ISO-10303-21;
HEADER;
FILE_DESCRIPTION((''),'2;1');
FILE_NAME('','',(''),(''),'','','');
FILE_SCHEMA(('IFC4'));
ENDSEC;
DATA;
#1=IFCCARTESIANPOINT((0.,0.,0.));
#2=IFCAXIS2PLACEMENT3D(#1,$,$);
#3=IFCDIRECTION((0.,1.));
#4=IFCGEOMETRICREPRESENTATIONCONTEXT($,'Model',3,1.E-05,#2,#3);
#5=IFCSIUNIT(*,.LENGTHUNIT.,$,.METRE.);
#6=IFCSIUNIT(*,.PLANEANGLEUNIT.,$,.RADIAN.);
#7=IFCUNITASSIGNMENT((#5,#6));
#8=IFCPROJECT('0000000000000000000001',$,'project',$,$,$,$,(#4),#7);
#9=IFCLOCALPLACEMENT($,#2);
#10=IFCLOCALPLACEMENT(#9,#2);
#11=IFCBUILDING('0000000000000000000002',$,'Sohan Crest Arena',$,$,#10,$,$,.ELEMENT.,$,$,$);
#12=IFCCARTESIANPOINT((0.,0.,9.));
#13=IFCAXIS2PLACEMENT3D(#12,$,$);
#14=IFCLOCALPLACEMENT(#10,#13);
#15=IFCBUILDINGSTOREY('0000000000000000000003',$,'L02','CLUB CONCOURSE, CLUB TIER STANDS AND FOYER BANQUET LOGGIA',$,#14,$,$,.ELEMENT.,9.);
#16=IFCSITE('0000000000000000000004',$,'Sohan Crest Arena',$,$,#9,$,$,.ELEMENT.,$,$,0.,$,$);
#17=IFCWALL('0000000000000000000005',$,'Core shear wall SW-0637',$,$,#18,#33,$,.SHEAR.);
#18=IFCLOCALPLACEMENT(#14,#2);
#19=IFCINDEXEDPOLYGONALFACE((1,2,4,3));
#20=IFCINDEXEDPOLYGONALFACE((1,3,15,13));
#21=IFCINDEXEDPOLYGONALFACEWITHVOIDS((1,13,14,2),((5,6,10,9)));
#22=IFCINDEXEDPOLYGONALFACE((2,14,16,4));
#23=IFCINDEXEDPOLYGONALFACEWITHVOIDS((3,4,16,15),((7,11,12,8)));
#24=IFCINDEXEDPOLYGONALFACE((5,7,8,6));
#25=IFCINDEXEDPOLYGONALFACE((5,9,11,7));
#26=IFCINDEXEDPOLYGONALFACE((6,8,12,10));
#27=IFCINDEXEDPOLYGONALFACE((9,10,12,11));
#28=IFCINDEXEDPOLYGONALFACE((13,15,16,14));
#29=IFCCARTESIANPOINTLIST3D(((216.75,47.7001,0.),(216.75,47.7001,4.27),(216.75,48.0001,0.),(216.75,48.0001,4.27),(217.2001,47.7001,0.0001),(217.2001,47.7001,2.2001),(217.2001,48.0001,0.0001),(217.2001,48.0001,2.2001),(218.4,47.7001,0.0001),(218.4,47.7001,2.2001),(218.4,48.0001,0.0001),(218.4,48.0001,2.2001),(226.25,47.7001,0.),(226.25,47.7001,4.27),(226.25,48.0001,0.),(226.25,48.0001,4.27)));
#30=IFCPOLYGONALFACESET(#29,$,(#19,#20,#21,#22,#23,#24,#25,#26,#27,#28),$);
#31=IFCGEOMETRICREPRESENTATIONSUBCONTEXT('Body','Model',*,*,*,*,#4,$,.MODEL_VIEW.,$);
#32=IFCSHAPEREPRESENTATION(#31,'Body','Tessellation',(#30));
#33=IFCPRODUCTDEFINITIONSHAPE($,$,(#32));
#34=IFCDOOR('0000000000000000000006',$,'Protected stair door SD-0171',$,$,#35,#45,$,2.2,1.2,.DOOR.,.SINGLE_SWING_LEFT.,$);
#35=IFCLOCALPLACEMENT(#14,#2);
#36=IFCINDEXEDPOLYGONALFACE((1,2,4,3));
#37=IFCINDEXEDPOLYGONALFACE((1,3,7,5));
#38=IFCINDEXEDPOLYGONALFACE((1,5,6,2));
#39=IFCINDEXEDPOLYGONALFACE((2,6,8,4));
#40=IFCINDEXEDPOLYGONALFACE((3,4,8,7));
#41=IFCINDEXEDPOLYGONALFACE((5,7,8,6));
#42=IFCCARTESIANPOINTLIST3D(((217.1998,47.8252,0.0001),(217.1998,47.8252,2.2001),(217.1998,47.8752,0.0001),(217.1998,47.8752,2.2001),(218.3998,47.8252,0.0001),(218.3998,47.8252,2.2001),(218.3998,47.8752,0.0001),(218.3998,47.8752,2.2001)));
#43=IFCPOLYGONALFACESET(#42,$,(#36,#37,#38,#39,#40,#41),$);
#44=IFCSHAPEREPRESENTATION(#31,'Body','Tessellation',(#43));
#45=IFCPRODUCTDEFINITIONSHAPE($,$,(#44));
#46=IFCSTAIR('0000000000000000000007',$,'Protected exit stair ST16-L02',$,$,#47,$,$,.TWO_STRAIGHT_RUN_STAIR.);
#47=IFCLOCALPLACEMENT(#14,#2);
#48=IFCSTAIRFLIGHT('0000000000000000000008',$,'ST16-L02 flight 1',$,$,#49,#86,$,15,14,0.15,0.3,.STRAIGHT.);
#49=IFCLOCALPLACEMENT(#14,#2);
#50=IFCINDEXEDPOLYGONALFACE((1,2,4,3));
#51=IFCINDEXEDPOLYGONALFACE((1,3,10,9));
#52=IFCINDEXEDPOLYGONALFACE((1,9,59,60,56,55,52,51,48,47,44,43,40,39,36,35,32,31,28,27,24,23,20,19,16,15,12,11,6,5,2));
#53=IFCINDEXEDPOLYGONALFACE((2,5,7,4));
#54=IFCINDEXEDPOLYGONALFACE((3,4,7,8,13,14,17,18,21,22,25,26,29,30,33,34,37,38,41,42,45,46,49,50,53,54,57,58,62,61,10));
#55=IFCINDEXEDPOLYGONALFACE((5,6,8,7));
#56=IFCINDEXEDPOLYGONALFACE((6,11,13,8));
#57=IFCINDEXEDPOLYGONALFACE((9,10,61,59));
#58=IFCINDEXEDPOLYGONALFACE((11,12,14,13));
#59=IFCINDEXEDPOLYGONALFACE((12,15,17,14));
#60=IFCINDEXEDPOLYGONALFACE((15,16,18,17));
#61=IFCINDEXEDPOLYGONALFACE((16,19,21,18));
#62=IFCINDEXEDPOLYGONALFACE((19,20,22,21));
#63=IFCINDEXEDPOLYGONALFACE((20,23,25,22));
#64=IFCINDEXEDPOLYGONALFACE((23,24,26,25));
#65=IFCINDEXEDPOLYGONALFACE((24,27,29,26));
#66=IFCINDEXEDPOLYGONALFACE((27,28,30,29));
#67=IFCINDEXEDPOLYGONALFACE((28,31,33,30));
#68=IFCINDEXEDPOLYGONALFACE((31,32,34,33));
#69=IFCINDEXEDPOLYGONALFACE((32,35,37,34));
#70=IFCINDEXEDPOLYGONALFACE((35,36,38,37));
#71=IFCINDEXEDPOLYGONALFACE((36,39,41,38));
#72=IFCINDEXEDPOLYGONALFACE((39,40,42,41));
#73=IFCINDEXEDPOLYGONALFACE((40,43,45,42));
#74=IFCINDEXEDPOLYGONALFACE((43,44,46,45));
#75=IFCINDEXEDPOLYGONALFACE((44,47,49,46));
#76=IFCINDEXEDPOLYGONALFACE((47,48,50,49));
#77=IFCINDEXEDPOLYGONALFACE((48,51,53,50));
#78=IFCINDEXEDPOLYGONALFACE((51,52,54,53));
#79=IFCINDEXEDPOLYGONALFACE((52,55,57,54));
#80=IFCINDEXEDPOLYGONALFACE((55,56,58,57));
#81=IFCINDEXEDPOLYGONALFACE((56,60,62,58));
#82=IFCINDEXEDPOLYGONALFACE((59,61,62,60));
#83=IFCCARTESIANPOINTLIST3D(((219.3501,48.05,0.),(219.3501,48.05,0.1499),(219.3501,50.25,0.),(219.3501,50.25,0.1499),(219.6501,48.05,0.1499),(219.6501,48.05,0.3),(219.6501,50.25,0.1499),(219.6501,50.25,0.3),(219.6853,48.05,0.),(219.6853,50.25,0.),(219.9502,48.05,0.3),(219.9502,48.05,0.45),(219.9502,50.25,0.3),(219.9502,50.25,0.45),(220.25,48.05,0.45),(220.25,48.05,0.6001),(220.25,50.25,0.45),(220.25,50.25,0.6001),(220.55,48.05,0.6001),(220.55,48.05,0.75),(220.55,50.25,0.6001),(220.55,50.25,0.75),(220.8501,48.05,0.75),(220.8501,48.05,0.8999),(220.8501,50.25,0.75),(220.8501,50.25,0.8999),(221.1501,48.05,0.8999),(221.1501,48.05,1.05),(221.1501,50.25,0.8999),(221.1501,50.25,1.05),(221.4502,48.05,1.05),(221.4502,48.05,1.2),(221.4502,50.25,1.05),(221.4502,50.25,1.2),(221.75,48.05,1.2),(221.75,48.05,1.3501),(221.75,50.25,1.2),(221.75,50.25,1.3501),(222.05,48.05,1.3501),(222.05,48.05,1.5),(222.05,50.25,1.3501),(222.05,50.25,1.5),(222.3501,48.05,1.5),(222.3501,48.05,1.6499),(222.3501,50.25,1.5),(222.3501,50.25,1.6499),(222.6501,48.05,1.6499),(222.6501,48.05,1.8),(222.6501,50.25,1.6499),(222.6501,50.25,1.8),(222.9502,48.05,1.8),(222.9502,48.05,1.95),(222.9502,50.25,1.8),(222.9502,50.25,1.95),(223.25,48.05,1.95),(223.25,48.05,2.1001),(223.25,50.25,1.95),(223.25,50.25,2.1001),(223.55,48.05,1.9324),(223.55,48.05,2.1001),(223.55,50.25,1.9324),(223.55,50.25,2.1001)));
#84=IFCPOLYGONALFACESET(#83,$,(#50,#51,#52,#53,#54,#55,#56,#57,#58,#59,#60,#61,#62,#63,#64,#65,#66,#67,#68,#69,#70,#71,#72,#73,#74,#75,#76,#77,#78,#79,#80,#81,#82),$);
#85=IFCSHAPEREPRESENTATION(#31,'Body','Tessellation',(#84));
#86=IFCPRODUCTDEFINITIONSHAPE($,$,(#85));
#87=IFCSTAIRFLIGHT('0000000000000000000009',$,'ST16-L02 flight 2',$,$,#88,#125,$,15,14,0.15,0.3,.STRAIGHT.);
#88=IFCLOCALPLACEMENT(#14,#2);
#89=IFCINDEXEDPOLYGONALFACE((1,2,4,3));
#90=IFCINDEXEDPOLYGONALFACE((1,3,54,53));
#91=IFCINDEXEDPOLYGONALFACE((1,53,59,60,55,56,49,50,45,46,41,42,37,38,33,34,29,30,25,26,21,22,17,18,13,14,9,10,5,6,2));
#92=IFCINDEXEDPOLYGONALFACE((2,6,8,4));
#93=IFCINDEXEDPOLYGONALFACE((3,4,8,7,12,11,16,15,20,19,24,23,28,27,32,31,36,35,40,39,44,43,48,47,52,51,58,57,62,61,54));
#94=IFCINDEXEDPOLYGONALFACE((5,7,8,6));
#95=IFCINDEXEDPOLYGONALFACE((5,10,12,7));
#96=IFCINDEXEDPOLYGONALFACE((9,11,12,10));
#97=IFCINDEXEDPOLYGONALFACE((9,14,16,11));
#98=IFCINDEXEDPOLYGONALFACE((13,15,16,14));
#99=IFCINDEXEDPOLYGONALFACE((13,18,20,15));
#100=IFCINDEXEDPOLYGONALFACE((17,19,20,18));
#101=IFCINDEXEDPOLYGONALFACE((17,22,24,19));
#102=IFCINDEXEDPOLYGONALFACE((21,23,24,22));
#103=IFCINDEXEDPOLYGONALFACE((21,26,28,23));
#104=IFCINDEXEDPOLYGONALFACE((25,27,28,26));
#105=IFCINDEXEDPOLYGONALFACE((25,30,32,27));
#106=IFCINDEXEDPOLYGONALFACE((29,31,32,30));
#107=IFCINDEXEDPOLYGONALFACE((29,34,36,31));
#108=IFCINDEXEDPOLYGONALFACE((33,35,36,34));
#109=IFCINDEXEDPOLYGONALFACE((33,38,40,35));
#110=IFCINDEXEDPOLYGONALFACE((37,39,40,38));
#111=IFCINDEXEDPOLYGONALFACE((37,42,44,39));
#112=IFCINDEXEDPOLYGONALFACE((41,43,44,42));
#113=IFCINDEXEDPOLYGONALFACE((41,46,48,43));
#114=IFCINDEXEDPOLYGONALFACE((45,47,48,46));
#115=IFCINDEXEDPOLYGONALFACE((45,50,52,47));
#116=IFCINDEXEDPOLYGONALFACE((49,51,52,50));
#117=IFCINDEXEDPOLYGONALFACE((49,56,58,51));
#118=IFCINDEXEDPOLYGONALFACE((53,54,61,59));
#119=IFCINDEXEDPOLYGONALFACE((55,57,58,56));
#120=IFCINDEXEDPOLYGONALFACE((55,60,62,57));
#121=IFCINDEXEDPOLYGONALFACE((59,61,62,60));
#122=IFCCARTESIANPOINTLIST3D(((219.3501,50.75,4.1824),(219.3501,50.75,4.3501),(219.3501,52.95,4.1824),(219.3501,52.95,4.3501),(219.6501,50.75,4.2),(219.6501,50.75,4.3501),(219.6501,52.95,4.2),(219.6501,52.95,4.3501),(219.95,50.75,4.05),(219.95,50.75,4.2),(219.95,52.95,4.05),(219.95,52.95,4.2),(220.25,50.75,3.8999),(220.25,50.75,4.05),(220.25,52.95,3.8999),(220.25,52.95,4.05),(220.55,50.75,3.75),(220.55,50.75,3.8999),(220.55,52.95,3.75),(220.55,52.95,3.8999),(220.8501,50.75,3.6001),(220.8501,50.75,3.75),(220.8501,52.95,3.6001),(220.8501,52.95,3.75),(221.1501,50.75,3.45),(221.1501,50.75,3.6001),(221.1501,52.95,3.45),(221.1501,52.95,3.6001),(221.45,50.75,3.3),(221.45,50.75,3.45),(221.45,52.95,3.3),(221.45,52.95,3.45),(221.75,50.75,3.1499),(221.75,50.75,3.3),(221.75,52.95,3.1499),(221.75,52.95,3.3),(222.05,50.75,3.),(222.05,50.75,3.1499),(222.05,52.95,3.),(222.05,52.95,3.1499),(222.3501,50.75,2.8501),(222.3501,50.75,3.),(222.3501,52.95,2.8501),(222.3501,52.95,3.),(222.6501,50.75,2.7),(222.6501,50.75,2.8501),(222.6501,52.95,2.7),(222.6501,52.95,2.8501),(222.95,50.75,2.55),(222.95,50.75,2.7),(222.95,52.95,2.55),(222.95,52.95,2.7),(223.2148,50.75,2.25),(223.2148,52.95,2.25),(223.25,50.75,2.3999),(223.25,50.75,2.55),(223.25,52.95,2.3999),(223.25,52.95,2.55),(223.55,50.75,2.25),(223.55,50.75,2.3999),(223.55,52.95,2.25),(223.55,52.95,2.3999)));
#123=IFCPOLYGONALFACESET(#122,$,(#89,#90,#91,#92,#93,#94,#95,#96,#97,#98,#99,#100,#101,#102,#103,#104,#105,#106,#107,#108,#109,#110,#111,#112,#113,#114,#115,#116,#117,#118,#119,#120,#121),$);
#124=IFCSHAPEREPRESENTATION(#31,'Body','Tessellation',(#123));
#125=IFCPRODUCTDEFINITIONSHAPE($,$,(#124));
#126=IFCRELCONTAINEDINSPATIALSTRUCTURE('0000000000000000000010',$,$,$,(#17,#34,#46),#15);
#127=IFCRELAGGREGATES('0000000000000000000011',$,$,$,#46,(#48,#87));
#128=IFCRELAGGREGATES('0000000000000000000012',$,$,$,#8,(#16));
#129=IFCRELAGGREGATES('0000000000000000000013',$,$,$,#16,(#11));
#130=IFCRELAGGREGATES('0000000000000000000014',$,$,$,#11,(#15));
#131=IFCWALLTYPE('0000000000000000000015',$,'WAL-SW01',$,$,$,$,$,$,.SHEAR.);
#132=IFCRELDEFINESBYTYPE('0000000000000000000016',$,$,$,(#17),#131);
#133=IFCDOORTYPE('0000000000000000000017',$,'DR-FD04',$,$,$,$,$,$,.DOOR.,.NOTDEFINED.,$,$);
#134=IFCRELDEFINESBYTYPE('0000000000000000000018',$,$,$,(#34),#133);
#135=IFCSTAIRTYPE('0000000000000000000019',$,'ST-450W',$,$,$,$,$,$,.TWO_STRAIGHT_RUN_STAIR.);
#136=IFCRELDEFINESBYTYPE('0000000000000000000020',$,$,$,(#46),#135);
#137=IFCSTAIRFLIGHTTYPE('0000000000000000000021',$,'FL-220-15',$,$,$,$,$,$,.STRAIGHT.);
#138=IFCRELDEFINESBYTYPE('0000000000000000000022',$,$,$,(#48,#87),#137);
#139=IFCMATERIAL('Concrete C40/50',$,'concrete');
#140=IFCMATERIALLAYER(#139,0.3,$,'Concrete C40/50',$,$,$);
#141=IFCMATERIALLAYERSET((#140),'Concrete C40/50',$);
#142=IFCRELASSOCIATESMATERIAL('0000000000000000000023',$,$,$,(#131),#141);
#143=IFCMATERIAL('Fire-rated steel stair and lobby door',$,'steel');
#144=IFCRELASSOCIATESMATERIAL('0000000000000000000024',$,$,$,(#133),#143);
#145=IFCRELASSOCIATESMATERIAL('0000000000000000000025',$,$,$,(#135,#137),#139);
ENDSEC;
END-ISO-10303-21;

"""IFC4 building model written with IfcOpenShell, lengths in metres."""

from ifc_helpers import new_model, si_unit, direction, frame, frame_2d, origin, place, context, subcontext, project, spatial, polyline, rectangle, outline, extrude, material, layer, layer_set, type_object, element, fill, aggregate, save


model = new_model("IFC4")

# Units and contexts
model_context = context("Model", 3, precision=1e-05, world=origin(), true_north=direction((0.0, 1.0)))
body_context = subcontext(model_context, "Body", "Model", "MODEL_VIEW")
ifc_project = project(units=[si_unit("LENGTHUNIT", "METRE"), si_unit("PLANEANGLEUNIT", "RADIAN")], contexts=[model_context])

# Site, building, storey
site_placement = place(None, origin())
site = spatial("IfcSite", under=ifc_project, at=site_placement, Name="Sohan Crest Arena", CompositionType="ELEMENT", RefElevation=0.0)
building_placement = place(site_placement, origin())
building = spatial("IfcBuilding", under=site, at=building_placement, Name="Sohan Crest Arena", CompositionType="ELEMENT")
storey_placement = place(building_placement, frame((0.0, 0.0, 9.0)))
storey = spatial("IfcBuildingStorey", under=building, at=storey_placement, Name="L02", Description="CLUB CONCOURSE, CLUB TIER STANDS AND FOYER BANQUET LOGGIA", CompositionType="ELEMENT", Elevation=9.0)

# Shared definitions
ifc_material_1 = material(Name="Concrete C40/50", Category="concrete")

# Shared definitions
ifc_layer_1 = layer(ifc_material_1, 0.3, Name="Concrete C40/50")
ifc_layer_set_1 = layer_set([ifc_layer_1], Name="Concrete C40/50")
wall_type_1 = type_object("IfcWallType", Name="WAL-SW01", PredefinedType="SHEAR", material=ifc_layer_set_1)

# Wall, opening, door
wall_1_placement = place(storey_placement, frame((216.75, 47.8501, 0.0), z_axis=(0.0, 0.0, 1.0), x_axis=(1.0, 0.0, 0.0)))
wall_1 = element("IfcWall", 1, at=wall_1_placement, inside=storey, type_object=wall_type_1, Name="Core shear wall SW-0637", PredefinedType="SHEAR", context=body_context, shape_type="SweptSolid", body=[
    extrude(rectangle(XDim=9.5, YDim=0.3, at=frame_2d((4.75, 0.0))), origin(), (0.0, 0.0, 1.0), 4.27),
])
opening_1_placement = place(wall_1_placement, frame((0.45, 0.0, 0.0)))
opening_1 = element("IfcOpeningElement", 2, at=opening_1_placement, cuts=wall_1, PredefinedType="OPENING", context=body_context, shape_type="SweptSolid", body=[
    extrude(rectangle(XDim=1.2, YDim=2.2, at=frame_2d((0.6001, 1.1001))), frame((0.0, 0.1599, 0.0), z_axis=(0.0, -1.0, 0.0), x_axis=(1.0, 0.0, 0.0)), (0.0, 0.0, 1.0), 0.3201),
])
ifc_material_2 = material(Name="Fire-rated steel stair and lobby door", Category="steel")
door_type = type_object("IfcDoorType", Name="DR-FD04", OperationType="NOTDEFINED", PredefinedType="DOOR", material=ifc_material_2)
door_placement = place(opening_1_placement, frame((1.2, 0.0, 0.0), z_axis=(0.0, 0.0, 1.0), x_axis=(-1.0, 0.0, 0.0)))
door = element("IfcDoor", 3, at=door_placement, inside=storey, type_object=door_type, Name="Protected stair door SD-0171", OperationType="SINGLE_SWING_LEFT", OverallHeight=2.2, OverallWidth=1.2, PredefinedType="DOOR", context=body_context, shape_type="SweptSolid", body=[
    extrude(rectangle(XDim=1.2, YDim=2.2, at=frame_2d((0.6001, 1.1001))), frame((0.0, 0.0249, 0.0), z_axis=(0.0, -1.0, 0.0), x_axis=(1.0, 0.0, 0.0)), (0.0, 0.0, 1.0), 0.05),
])
fill(opening_1, door)

# Stair, stair flights
stair_type = type_object("IfcStairType", Name="ST-450W", PredefinedType="TWO_STRAIGHT_RUN_STAIR", material=ifc_material_1)
stair_placement = place(storey_placement, origin())
stair = element("IfcStair", 4, at=stair_placement, inside=storey, type_object=stair_type, Name="Protected exit stair ST16-L02", PredefinedType="TWO_STRAIGHT_RUN_STAIR")
stair_flight_type = type_object("IfcStairFlightType", Name="FL-220-15", PredefinedType="STRAIGHT", material=ifc_material_1)
stair_flight_1_placement = place(storey_placement, frame((219.3501, 49.1499, 0.0), z_axis=(0.0, 0.0, 1.0), x_axis=(1.0, 0.0, 0.0)))
stair_flight_1 = element("IfcStairFlight", 5, at=stair_flight_1_placement, type_object=stair_flight_type, Name="ST16-L02 flight 1", NumberOfRisers=15, NumberOfTreads=14, PredefinedType="STRAIGHT", RiserHeight=0.15, TreadLength=0.3, context=body_context, shape_type="SweptSolid", body=[
    extrude(outline(polyline([(0.0, 0.0), (0.0, 0.1499), (0.3, 0.1499), (0.3, 0.3), (0.6001, 0.3), (0.6001, 0.45), (0.8999, 0.45), (0.8999, 0.6001), (1.2, 0.6001), (1.2, 0.75), (1.5, 0.75), (1.5, 0.8999), (1.8, 0.8999), (1.8, 1.05), (2.1001, 1.05), (2.1001, 1.2), (2.3999, 1.2), (2.3999, 1.3501), (2.7, 1.3501), (2.7, 1.5), (3.0, 1.5), (3.0, 1.6499), (3.3, 1.6499), (3.3, 1.8), (3.6001, 1.8), (3.6001, 1.95), (3.8999, 1.95), (3.8999, 2.1001), (4.2, 2.1001), (4.2, 2.25), (4.2, 1.9324), (0.3352, 0.0), (0.0, 0.0)])), frame((0.0, 1.1001, 0.0), z_axis=(0.0, -1.0, 0.0), x_axis=(1.0, 0.0, 0.0)), (0.0, 0.0, 1.0), 2.2),
])
stair_flight_2_placement = place(storey_placement, frame((223.55, 51.8501, 2.25), z_axis=(0.0, 0.0, 1.0), x_axis=(-1.0, 0.0, 0.0)))
stair_flight_2 = element("IfcStairFlight", 6, at=stair_flight_2_placement, type_object=stair_flight_type, Name="ST16-L02 flight 2", NumberOfRisers=15, NumberOfTreads=14, PredefinedType="STRAIGHT", RiserHeight=0.15, TreadLength=0.3, context=body_context, shape_type="SweptSolid", body=[
    extrude(outline(polyline([(0.0, 0.0), (0.0, 0.1499), (0.3, 0.1499), (0.3, 0.3), (0.6001, 0.3), (0.6001, 0.45), (0.8999, 0.45), (0.8999, 0.6001), (1.2, 0.6001), (1.2, 0.75), (1.5, 0.75), (1.5, 0.8999), (1.8, 0.8999), (1.8, 1.05), (2.1001, 1.05), (2.1001, 1.2), (2.3999, 1.2), (2.3999, 1.3501), (2.7, 1.3501), (2.7, 1.5), (3.0, 1.5), (3.0, 1.6499), (3.3, 1.6499), (3.3, 1.8), (3.6001, 1.8), (3.6001, 1.95), (3.8999, 1.95), (3.8999, 2.1001), (4.2, 2.1001), (4.2, 2.25), (4.2, 1.9324), (0.3352, 0.0), (0.0, 0.0)])), frame((0.0, 1.1001, 0.0), z_axis=(0.0, -1.0, 0.0), x_axis=(1.0, 0.0, 0.0)), (0.0, 0.0, 1.0), 2.2),
])
aggregate(stair, [stair_flight_1, stair_flight_2])

save(model, "model.ifc")
